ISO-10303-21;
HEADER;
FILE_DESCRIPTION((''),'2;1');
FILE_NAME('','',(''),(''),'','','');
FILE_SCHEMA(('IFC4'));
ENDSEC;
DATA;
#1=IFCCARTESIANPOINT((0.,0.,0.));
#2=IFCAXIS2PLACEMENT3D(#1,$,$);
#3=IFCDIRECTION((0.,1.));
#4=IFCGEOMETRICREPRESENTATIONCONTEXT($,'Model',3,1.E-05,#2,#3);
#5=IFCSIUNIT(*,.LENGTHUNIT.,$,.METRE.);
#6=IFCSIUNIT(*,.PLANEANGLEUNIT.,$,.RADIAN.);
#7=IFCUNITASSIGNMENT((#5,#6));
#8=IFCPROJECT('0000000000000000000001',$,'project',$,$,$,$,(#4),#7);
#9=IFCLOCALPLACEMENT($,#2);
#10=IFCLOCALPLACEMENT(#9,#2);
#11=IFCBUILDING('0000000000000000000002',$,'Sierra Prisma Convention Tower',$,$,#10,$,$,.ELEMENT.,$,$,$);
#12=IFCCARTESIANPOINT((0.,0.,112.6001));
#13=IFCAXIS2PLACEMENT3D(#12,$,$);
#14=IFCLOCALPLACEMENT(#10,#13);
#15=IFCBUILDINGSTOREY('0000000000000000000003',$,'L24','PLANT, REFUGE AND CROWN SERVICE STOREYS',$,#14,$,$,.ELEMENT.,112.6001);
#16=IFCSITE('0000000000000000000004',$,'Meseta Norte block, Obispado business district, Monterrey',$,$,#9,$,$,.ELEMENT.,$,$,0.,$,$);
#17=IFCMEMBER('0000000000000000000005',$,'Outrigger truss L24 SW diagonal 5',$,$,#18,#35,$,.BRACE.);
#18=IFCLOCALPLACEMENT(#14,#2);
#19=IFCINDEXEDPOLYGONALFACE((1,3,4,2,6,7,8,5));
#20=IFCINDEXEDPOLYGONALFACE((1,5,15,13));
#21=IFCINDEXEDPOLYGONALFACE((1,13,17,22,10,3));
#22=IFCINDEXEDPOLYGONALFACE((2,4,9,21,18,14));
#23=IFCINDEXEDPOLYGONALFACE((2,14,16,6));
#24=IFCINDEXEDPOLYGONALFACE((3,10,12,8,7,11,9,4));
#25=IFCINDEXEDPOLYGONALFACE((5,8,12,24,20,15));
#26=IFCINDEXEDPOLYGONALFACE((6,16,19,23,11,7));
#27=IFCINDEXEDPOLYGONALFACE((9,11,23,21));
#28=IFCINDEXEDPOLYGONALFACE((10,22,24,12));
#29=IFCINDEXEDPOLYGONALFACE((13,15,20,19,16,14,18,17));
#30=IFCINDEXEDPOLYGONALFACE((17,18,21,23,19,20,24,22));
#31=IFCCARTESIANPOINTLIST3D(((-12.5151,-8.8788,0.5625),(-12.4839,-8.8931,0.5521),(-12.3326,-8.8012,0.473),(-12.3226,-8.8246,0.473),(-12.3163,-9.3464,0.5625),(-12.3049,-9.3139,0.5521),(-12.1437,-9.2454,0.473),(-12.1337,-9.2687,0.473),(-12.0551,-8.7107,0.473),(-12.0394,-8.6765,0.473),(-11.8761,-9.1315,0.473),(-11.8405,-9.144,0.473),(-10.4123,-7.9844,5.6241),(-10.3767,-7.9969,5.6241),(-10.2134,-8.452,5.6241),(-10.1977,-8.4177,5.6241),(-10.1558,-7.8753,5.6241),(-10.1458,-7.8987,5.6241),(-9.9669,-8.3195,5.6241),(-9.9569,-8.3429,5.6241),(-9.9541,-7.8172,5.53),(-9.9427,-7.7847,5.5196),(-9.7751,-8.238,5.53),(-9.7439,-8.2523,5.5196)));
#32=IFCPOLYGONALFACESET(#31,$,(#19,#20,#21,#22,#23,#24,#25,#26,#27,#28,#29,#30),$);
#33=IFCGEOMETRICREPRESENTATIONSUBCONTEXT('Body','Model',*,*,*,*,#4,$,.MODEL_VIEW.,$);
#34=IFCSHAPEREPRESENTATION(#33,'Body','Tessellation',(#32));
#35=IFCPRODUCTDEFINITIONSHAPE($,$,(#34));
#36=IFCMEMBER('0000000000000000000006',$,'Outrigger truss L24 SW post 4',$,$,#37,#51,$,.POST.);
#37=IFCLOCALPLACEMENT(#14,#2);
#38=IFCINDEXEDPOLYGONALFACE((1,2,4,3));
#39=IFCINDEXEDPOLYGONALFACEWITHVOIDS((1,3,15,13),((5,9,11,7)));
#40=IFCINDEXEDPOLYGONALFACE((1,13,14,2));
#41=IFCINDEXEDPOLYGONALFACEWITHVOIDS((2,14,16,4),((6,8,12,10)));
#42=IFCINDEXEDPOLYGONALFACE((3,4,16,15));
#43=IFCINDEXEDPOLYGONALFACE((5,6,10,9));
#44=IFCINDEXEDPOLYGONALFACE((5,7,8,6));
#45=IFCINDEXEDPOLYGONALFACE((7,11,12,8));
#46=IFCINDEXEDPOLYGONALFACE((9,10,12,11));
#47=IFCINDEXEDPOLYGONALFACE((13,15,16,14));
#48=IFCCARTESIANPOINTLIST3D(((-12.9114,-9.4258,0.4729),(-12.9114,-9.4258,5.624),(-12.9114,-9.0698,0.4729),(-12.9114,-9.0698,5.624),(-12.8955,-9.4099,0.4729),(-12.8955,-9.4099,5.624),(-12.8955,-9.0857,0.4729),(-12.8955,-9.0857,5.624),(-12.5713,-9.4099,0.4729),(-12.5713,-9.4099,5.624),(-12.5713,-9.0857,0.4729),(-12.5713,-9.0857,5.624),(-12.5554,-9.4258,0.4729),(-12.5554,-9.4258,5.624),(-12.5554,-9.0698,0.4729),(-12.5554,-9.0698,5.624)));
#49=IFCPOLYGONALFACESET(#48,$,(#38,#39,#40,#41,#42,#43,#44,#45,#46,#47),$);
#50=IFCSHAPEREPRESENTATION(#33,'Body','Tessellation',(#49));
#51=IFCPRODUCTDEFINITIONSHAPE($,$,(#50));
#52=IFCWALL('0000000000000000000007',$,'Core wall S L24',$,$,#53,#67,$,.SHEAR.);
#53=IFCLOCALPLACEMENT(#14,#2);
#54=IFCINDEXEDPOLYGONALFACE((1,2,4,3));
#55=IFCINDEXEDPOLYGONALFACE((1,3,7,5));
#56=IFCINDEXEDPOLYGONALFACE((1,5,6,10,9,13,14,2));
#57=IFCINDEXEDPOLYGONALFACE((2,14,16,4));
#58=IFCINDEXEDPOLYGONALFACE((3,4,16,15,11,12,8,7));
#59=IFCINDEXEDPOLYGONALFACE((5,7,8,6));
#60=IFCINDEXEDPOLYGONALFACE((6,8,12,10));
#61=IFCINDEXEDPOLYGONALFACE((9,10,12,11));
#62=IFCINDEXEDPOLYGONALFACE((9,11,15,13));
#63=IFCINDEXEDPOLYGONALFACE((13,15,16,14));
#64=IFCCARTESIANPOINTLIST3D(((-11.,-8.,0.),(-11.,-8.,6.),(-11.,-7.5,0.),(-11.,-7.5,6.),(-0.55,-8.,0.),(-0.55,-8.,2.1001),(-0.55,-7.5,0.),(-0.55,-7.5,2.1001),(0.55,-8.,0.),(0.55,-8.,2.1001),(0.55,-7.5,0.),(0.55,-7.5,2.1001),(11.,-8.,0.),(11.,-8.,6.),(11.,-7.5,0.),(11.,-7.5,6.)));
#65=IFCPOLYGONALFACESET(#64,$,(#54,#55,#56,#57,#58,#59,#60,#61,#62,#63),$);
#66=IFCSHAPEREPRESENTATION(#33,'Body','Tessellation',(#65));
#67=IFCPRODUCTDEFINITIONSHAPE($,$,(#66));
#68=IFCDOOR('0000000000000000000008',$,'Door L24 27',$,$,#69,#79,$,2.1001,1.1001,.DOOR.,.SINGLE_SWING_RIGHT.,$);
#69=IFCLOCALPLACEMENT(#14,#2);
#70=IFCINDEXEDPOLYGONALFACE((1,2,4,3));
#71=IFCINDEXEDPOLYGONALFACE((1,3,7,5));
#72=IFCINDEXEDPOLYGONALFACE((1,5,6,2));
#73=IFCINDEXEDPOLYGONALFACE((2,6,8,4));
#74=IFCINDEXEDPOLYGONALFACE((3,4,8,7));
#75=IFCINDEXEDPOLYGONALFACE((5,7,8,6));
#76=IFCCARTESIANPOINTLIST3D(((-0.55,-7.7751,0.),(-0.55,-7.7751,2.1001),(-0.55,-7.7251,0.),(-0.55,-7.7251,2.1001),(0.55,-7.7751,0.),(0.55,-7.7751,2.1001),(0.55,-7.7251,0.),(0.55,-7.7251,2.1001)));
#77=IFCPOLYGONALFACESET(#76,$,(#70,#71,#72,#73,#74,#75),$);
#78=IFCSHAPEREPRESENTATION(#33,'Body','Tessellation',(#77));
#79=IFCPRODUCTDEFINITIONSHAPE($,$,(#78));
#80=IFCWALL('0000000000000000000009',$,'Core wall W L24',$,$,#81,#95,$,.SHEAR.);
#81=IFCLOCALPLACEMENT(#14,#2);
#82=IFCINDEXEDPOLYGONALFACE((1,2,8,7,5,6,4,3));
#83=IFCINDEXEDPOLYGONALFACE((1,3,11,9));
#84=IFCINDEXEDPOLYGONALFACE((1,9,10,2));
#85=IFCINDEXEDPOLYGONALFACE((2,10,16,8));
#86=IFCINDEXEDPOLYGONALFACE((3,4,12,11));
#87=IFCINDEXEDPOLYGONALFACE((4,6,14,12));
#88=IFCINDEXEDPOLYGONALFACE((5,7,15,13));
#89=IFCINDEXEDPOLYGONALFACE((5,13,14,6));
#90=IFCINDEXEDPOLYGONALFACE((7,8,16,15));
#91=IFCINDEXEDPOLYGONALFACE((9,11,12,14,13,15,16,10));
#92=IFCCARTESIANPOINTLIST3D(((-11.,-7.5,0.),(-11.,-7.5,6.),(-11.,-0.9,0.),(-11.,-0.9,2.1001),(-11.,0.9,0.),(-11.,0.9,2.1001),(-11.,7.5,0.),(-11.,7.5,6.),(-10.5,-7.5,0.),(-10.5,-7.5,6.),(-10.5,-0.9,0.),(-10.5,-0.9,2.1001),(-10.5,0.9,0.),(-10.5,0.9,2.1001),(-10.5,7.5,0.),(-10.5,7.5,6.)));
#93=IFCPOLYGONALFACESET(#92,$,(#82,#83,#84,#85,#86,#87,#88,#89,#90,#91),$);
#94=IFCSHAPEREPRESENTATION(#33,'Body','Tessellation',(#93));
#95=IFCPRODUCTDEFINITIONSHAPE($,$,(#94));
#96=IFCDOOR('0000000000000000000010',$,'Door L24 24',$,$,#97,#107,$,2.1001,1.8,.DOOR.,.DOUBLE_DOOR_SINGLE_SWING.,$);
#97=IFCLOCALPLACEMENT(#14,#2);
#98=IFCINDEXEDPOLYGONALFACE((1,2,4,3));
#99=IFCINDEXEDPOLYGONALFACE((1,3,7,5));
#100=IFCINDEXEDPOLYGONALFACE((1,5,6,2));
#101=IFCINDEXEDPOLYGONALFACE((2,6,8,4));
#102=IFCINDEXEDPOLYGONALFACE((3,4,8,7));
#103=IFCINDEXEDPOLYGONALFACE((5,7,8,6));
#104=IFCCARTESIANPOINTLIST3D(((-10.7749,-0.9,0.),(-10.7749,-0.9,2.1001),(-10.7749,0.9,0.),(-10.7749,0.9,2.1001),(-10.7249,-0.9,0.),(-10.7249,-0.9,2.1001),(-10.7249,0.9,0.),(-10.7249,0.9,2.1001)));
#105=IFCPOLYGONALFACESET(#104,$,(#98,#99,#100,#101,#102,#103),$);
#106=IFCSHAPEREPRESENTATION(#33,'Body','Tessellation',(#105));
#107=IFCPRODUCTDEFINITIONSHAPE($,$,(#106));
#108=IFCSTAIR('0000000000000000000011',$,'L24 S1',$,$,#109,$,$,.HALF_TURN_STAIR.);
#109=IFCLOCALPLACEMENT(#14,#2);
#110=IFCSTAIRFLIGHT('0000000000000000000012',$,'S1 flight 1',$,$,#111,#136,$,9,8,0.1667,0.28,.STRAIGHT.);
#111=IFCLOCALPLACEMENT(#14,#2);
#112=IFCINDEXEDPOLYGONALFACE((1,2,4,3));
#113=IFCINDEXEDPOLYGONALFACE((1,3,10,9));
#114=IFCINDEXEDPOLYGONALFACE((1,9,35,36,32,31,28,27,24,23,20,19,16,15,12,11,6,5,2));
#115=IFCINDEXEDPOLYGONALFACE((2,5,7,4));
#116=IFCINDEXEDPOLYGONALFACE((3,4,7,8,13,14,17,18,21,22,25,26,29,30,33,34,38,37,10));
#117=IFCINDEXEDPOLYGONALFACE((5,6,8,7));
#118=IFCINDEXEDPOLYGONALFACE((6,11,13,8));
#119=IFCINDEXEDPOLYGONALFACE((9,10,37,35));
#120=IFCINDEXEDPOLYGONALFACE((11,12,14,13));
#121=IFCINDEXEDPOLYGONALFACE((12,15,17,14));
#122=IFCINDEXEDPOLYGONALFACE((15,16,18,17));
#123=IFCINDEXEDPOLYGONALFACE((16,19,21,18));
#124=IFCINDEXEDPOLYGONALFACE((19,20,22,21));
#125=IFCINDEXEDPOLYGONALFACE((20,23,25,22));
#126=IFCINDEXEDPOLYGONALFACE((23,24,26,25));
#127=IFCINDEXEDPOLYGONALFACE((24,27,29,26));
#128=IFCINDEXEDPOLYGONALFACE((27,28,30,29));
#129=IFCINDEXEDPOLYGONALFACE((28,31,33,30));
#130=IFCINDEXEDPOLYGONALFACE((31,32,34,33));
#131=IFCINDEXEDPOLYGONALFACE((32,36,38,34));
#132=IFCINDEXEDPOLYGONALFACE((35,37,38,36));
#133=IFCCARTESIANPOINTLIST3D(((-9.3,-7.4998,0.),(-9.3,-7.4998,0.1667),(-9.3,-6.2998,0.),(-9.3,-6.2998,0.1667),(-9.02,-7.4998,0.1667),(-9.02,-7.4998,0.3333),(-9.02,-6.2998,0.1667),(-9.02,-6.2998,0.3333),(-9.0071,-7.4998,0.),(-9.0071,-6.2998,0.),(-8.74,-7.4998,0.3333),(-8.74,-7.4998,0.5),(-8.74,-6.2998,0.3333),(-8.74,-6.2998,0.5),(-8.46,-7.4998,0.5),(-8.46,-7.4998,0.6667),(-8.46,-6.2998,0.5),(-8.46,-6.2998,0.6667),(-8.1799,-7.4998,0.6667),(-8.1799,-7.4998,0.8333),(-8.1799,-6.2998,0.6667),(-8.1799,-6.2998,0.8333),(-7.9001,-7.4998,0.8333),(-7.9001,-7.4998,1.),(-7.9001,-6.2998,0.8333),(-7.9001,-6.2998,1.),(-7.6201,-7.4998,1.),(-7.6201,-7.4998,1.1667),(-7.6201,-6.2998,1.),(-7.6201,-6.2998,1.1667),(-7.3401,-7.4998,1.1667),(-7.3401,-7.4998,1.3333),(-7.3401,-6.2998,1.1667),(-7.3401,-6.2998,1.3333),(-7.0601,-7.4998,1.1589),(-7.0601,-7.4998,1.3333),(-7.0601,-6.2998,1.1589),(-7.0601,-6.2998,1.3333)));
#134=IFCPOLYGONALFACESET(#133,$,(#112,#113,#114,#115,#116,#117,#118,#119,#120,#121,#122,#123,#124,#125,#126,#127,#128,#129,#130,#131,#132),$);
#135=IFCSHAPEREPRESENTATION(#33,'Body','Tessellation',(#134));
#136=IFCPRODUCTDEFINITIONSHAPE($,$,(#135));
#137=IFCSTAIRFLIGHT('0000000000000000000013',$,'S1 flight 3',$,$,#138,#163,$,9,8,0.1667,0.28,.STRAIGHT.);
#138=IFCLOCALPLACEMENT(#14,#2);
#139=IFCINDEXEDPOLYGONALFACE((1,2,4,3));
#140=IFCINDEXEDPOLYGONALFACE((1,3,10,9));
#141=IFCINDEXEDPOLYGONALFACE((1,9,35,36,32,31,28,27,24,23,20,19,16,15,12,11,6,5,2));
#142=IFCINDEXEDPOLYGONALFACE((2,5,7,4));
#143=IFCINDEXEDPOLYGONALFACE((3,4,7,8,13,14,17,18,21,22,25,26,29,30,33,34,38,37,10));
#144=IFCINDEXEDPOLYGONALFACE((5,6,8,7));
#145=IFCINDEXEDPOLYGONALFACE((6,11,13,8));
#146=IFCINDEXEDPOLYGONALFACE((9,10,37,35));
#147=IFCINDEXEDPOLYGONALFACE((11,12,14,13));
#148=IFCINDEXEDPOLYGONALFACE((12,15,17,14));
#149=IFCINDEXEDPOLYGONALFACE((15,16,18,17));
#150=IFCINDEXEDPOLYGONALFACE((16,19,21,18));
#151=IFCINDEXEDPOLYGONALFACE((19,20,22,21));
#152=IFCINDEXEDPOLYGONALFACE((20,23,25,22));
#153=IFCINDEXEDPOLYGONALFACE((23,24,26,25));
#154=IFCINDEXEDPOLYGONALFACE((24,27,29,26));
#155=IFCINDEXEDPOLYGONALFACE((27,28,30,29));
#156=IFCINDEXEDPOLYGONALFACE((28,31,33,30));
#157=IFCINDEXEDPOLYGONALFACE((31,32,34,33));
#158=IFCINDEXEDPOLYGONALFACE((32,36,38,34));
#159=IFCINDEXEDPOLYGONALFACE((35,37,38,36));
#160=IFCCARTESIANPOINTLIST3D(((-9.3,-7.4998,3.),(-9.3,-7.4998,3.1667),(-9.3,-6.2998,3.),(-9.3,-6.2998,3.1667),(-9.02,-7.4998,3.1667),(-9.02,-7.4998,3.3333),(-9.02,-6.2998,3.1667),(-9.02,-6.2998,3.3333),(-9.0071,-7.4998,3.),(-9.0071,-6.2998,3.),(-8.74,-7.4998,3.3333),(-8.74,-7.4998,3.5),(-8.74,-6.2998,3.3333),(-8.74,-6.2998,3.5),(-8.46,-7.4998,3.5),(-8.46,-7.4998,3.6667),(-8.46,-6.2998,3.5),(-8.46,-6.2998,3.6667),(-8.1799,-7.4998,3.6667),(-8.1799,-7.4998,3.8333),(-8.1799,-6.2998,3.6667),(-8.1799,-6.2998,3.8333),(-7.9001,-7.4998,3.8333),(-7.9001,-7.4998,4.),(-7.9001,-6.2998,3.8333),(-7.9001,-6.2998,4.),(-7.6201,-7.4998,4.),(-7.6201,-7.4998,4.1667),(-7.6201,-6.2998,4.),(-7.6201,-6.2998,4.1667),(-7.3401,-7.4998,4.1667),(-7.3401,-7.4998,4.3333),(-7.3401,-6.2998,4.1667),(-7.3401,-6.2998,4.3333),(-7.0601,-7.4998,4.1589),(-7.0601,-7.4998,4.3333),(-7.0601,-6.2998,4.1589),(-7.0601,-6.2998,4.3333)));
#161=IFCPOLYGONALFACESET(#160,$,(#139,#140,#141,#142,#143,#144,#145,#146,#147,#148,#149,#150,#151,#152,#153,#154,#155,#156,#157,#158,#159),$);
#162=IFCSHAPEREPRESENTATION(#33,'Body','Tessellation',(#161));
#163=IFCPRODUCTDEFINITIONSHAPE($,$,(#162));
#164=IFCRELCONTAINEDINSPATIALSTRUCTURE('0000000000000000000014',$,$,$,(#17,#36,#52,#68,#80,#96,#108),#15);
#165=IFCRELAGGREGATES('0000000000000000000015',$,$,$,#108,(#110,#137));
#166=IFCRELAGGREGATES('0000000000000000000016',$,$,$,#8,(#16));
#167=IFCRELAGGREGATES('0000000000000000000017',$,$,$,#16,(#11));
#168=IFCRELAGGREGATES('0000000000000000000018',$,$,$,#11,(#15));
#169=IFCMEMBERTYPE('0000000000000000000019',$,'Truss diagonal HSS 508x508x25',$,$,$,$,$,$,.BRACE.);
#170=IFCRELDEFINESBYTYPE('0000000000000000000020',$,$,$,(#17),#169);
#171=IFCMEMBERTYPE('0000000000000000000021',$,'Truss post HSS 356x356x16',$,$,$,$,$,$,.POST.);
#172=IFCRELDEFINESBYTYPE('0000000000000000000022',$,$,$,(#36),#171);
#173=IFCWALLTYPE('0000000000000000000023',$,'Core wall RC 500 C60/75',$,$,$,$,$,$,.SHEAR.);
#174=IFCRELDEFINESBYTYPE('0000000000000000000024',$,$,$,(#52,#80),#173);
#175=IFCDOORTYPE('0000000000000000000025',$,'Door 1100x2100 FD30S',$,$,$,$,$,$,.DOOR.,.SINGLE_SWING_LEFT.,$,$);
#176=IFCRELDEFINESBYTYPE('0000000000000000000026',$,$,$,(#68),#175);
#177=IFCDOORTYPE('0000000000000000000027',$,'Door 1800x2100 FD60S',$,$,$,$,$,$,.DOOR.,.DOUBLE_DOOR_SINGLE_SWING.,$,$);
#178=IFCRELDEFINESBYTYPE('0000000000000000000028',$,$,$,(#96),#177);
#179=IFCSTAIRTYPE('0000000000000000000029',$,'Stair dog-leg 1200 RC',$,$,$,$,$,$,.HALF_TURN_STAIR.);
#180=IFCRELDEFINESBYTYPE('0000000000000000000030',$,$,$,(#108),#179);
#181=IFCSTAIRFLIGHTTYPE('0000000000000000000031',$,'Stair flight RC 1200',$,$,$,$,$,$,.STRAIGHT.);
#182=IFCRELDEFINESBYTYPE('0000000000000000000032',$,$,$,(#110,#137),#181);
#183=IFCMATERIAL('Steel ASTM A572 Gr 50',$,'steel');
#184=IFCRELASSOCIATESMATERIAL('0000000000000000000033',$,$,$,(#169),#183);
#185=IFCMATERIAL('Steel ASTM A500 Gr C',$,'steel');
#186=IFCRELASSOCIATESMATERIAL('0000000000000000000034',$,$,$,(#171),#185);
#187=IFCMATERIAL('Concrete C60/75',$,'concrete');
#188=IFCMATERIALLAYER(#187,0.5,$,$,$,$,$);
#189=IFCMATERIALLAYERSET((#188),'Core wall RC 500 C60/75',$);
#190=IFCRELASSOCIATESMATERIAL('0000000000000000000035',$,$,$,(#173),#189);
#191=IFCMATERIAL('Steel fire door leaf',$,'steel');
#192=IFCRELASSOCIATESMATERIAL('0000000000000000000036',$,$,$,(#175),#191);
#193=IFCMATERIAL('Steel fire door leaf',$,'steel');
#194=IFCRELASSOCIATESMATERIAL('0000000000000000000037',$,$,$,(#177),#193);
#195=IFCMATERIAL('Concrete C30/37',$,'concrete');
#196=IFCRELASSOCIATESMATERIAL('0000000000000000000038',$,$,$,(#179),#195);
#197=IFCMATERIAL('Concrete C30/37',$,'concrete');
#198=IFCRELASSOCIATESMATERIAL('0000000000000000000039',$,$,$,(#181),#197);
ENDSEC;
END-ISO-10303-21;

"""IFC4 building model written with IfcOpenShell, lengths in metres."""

from ifc_helpers import new_model, si_unit, direction, frame, frame_2d, origin, origin_2d, place, context, subcontext, project, spatial, polyline, rectangle, hollow_rectangle, outline, extrude, clip, halfspace, material, layer, layer_set, material_profile, profile_set, type_object, element, fill, aggregate, save


model = new_model("IFC4")

# Units and contexts
model_context = context("Model", 3, precision=1e-05, world=origin(), true_north=direction((0.0, 1.0)))
body_context = subcontext(model_context, "Body", "Model", "MODEL_VIEW")
ifc_project = project(units=[si_unit("LENGTHUNIT", "METRE"), si_unit("PLANEANGLEUNIT", "RADIAN")], contexts=[model_context])

# Site, building, storey
site_placement = place(None, origin())
site = spatial("IfcSite", under=ifc_project, at=site_placement, Name="Meseta Norte block, Obispado business district, Monterrey", CompositionType="ELEMENT", RefElevation=0.0)
building_placement = place(site_placement, origin())
building = spatial("IfcBuilding", under=site, at=building_placement, Name="Sierra Prisma Convention Tower", CompositionType="ELEMENT")
storey_placement = place(building_placement, frame((0.0, 0.0, 112.6001)))
storey = spatial("IfcBuildingStorey", under=building, at=storey_placement, Name="L24", Description="PLANT, REFUGE AND CROWN SERVICE STOREYS", CompositionType="ELEMENT", Elevation=112.6001)

# Members
ifc_material_1 = material(Name="Steel ASTM A572 Gr 50", Category="steel")
ifc_material_profile_1 = material_profile(ifc_material_1, hollow_rectangle(XDim=0.5081, YDim=0.5081, WallThickness=0.0254, at=origin_2d()), Name="Truss diagonal HSS 508x508x25")
ifc_profile_set_1 = profile_set([ifc_material_profile_1], Name="Steel ASTM A572 Gr 50")
member_type_1 = type_object("IfcMemberType", Name="Truss diagonal HSS 508x508x25", PredefinedType="BRACE", material=ifc_profile_set_1)
member_1_placement = place(storey_placement, frame((-12.2026, -9.022, 0.458), z_axis=(0.378653, 0.161049, 0.911419), x_axis=(-0.391391, 0.920224, 0.0)))
element("IfcMember", 1, at=member_1_placement, inside=storey, type_object=member_type_1, Name="Outrigger truss L24 SW diagonal 5", PredefinedType="BRACE", context=body_context, shape_type="SweptSolid", body=[
    clip(clip(extrude(hollow_rectangle(XDim=0.5081, YDim=0.5081, WallThickness=0.0254, at=origin_2d()), origin(), (0.0, 0.0, 1.0), 5.6682), halfspace(frame((0.0, 0.0061, 0.0137), z_axis=(0.0, 0.411479, 0.911419), x_axis=(1.0, 0.0, 0.0)), True)), halfspace(frame((0.0, 0.0, 5.6682), z_axis=(0.0, -0.411479, -0.911419), x_axis=(1.0, 0.0, 0.0)), True)),
])
ifc_material_2 = material(Name="Steel ASTM A500 Gr C", Category="steel")
ifc_material_profile_2 = material_profile(ifc_material_2, hollow_rectangle(XDim=0.356, YDim=0.356, WallThickness=0.0159, at=origin_2d()), Name="Truss post HSS 356x356x16")
ifc_profile_set_2 = profile_set([ifc_material_profile_2], Name="Steel ASTM A500 Gr C")
member_type_2 = type_object("IfcMemberType", Name="Truss post HSS 356x356x16", PredefinedType="POST", material=ifc_profile_set_2)
member_2_placement = place(storey_placement, frame((-12.7334, -9.2478, 0.4729), z_axis=(0.0, 0.0, 1.0), x_axis=(1.0, 0.0, 0.0)))
element("IfcMember", 2, at=member_2_placement, inside=storey, type_object=member_type_2, Name="Outrigger truss L24 SW post 4", PredefinedType="POST", context=body_context, shape_type="SweptSolid", body=[
    extrude(hollow_rectangle(XDim=0.356, YDim=0.356, WallThickness=0.0159, at=origin_2d()), origin(), (0.0, 0.0, 1.0), 5.1511),
])

# Walls, openings, doors
ifc_material_3 = material(Name="Concrete C60/75", Category="concrete")
ifc_layer_1 = layer(ifc_material_3, 0.5)
ifc_layer_set_1 = layer_set([ifc_layer_1], Name="Core wall RC 500 C60/75")
wall_type_1 = type_object("IfcWallType", Name="Core wall RC 500 C60/75", PredefinedType="SHEAR", material=ifc_layer_set_1)
wall_1_placement = place(storey_placement, frame((-11.0, -7.75, 0.0), z_axis=(0.0, 0.0, 1.0), x_axis=(1.0, 0.0, 0.0)))
wall_1 = element("IfcWall", 3, at=wall_1_placement, inside=storey, type_object=wall_type_1, Name="Core wall S L24", PredefinedType="SHEAR", context=body_context, shape_type="SweptSolid", body=[
    extrude(rectangle(XDim=22.0, YDim=0.5, at=frame_2d((11.0, 0.0))), origin(), (0.0, 0.0, 1.0), 6.0),
])
opening_1_placement = place(wall_1_placement, frame((10.45, 0.0, 0.0)))
opening_1 = element("IfcOpeningElement", 4, at=opening_1_placement, cuts=wall_1, PredefinedType="OPENING", context=body_context, shape_type="SweptSolid", body=[
    extrude(rectangle(XDim=1.1001, YDim=2.1001, at=frame_2d((0.55, 1.05))), frame((0.0, 0.25, 0.0), z_axis=(0.0, -1.0, 0.0), x_axis=(1.0, 0.0, 0.0)), (0.0, 0.0, 1.0), 0.5),
])
ifc_material_4 = material(Name="Steel fire door leaf", Category="steel")
door_type_1 = type_object("IfcDoorType", Name="Door 1100x2100 FD30S", OperationType="SINGLE_SWING_LEFT", PredefinedType="DOOR", material=ifc_material_4)
door_1_placement = place(opening_1_placement, origin())
door_1 = element("IfcDoor", 5, at=door_1_placement, inside=storey, type_object=door_type_1, Name="Door L24 27", OperationType="SINGLE_SWING_RIGHT", OverallHeight=2.1001, OverallWidth=1.1001, PredefinedType="DOOR", context=body_context, shape_type="SweptSolid", body=[
    extrude(rectangle(XDim=1.1001, YDim=2.1001, at=frame_2d((0.55, 1.05))), frame((0.0, 0.0249, 0.0), z_axis=(0.0, -1.0, 0.0), x_axis=(1.0, 0.0, 0.0)), (0.0, 0.0, 1.0), 0.05),
])
fill(opening_1, door_1)
wall_2_placement = place(storey_placement, frame((-10.75, -7.5, 0.0), z_axis=(0.0, 0.0, 1.0), x_axis=(0.0, 1.0, 0.0)))
wall_2 = element("IfcWall", 6, at=wall_2_placement, inside=storey, type_object=wall_type_1, Name="Core wall W L24", PredefinedType="SHEAR", context=body_context, shape_type="SweptSolid", body=[
    extrude(rectangle(XDim=15.0, YDim=0.5, at=frame_2d((7.5, 0.0))), origin(), (0.0, 0.0, 1.0), 6.0),
])
opening_2_placement = place(wall_2_placement, frame((6.6001, 0.0, 0.0)))
opening_2 = element("IfcOpeningElement", 7, at=opening_2_placement, cuts=wall_2, PredefinedType="OPENING", context=body_context, shape_type="SweptSolid", body=[
    extrude(rectangle(XDim=1.8, YDim=2.1001, at=frame_2d((0.8999, 1.05))), frame((0.0, 0.25, 0.0), z_axis=(0.0, -1.0, 0.0), x_axis=(1.0, 0.0, 0.0)), (0.0, 0.0, 1.0), 0.5),
])
ifc_material_5 = material(Name="Steel fire door leaf", Category="steel")
door_type_2 = type_object("IfcDoorType", Name="Door 1800x2100 FD60S", OperationType="DOUBLE_DOOR_SINGLE_SWING", PredefinedType="DOOR", material=ifc_material_5)
door_2_placement = place(opening_2_placement, origin())
door_2 = element("IfcDoor", 8, at=door_2_placement, inside=storey, type_object=door_type_2, Name="Door L24 24", OperationType="DOUBLE_DOOR_SINGLE_SWING", OverallHeight=2.1001, OverallWidth=1.8, PredefinedType="DOOR", context=body_context, shape_type="SweptSolid", body=[
    extrude(rectangle(XDim=1.8, YDim=2.1001, at=frame_2d((0.8999, 1.05))), frame((0.0, 0.0249, 0.0), z_axis=(0.0, -1.0, 0.0), x_axis=(1.0, 0.0, 0.0)), (0.0, 0.0, 1.0), 0.05),
])
fill(opening_2, door_2)

# Stair, stair flights
ifc_material_6 = material(Name="Concrete C30/37", Category="concrete")
stair_type = type_object("IfcStairType", Name="Stair dog-leg 1200 RC", PredefinedType="HALF_TURN_STAIR", material=ifc_material_6)
stair_placement = place(storey_placement, origin())
stair = element("IfcStair", 9, at=stair_placement, inside=storey, type_object=stair_type, Name="L24 S1", PredefinedType="HALF_TURN_STAIR")
ifc_material_7 = material(Name="Concrete C30/37", Category="concrete")
stair_flight_type = type_object("IfcStairFlightType", Name="Stair flight RC 1200", PredefinedType="STRAIGHT", material=ifc_material_7)
stair_flight_1_placement = place(storey_placement, frame((-9.3, -6.8999, 0.0), z_axis=(0.0, 0.0, 1.0), x_axis=(1.0, 0.0, 0.0)))
stair_flight_1 = element("IfcStairFlight", 10, at=stair_flight_1_placement, type_object=stair_flight_type, Name="S1 flight 1", NumberOfRisers=9, NumberOfTreads=8, PredefinedType="STRAIGHT", RiserHeight=0.1667, TreadLength=0.28, context=body_context, shape_type="SweptSolid", body=[
    extrude(outline(polyline([(0.0, 0.0), (0.0, 0.1667), (0.28, 0.1667), (0.28, 0.3333), (0.5601, 0.3333), (0.5601, 0.5), (0.8401, 0.5), (0.8401, 0.6667), (1.1201, 0.6667), (1.1201, 0.8333), (1.3999, 0.8333), (1.3999, 1.0), (1.6799, 1.0), (1.6799, 1.1667), (1.96, 1.1667), (1.96, 1.3333), (2.24, 1.3333), (2.24, 1.5), (2.24, 1.1589), (0.293, 0.0), (0.0, 0.0)])), frame((0.0, 0.6001, 0.0), z_axis=(0.0, -1.0, 0.0), x_axis=(1.0, 0.0, 0.0)), (0.0, 0.0, 1.0), 1.2),
])
stair_flight_2_placement = place(storey_placement, frame((-9.3, -6.8999, 3.0), z_axis=(0.0, 0.0, 1.0), x_axis=(1.0, 0.0, 0.0)))
stair_flight_2 = element("IfcStairFlight", 11, at=stair_flight_2_placement, type_object=stair_flight_type, Name="S1 flight 3", NumberOfRisers=9, NumberOfTreads=8, PredefinedType="STRAIGHT", RiserHeight=0.1667, TreadLength=0.28, context=body_context, shape_type="SweptSolid", body=[
    extrude(outline(polyline([(0.0, 0.0), (0.0, 0.1667), (0.28, 0.1667), (0.28, 0.3333), (0.5601, 0.3333), (0.5601, 0.5), (0.8401, 0.5), (0.8401, 0.6667), (1.1201, 0.6667), (1.1201, 0.8333), (1.3999, 0.8333), (1.3999, 1.0), (1.6799, 1.0), (1.6799, 1.1667), (1.96, 1.1667), (1.96, 1.3333), (2.24, 1.3333), (2.24, 1.5), (2.24, 1.1589), (0.293, 0.0), (0.0, 0.0)])), frame((0.0, 0.6001, 0.0), z_axis=(0.0, -1.0, 0.0), x_axis=(1.0, 0.0, 0.0)), (0.0, 0.0, 1.0), 1.2),
])
aggregate(stair, [stair_flight_1, stair_flight_2])

save(model, "model.ifc")
